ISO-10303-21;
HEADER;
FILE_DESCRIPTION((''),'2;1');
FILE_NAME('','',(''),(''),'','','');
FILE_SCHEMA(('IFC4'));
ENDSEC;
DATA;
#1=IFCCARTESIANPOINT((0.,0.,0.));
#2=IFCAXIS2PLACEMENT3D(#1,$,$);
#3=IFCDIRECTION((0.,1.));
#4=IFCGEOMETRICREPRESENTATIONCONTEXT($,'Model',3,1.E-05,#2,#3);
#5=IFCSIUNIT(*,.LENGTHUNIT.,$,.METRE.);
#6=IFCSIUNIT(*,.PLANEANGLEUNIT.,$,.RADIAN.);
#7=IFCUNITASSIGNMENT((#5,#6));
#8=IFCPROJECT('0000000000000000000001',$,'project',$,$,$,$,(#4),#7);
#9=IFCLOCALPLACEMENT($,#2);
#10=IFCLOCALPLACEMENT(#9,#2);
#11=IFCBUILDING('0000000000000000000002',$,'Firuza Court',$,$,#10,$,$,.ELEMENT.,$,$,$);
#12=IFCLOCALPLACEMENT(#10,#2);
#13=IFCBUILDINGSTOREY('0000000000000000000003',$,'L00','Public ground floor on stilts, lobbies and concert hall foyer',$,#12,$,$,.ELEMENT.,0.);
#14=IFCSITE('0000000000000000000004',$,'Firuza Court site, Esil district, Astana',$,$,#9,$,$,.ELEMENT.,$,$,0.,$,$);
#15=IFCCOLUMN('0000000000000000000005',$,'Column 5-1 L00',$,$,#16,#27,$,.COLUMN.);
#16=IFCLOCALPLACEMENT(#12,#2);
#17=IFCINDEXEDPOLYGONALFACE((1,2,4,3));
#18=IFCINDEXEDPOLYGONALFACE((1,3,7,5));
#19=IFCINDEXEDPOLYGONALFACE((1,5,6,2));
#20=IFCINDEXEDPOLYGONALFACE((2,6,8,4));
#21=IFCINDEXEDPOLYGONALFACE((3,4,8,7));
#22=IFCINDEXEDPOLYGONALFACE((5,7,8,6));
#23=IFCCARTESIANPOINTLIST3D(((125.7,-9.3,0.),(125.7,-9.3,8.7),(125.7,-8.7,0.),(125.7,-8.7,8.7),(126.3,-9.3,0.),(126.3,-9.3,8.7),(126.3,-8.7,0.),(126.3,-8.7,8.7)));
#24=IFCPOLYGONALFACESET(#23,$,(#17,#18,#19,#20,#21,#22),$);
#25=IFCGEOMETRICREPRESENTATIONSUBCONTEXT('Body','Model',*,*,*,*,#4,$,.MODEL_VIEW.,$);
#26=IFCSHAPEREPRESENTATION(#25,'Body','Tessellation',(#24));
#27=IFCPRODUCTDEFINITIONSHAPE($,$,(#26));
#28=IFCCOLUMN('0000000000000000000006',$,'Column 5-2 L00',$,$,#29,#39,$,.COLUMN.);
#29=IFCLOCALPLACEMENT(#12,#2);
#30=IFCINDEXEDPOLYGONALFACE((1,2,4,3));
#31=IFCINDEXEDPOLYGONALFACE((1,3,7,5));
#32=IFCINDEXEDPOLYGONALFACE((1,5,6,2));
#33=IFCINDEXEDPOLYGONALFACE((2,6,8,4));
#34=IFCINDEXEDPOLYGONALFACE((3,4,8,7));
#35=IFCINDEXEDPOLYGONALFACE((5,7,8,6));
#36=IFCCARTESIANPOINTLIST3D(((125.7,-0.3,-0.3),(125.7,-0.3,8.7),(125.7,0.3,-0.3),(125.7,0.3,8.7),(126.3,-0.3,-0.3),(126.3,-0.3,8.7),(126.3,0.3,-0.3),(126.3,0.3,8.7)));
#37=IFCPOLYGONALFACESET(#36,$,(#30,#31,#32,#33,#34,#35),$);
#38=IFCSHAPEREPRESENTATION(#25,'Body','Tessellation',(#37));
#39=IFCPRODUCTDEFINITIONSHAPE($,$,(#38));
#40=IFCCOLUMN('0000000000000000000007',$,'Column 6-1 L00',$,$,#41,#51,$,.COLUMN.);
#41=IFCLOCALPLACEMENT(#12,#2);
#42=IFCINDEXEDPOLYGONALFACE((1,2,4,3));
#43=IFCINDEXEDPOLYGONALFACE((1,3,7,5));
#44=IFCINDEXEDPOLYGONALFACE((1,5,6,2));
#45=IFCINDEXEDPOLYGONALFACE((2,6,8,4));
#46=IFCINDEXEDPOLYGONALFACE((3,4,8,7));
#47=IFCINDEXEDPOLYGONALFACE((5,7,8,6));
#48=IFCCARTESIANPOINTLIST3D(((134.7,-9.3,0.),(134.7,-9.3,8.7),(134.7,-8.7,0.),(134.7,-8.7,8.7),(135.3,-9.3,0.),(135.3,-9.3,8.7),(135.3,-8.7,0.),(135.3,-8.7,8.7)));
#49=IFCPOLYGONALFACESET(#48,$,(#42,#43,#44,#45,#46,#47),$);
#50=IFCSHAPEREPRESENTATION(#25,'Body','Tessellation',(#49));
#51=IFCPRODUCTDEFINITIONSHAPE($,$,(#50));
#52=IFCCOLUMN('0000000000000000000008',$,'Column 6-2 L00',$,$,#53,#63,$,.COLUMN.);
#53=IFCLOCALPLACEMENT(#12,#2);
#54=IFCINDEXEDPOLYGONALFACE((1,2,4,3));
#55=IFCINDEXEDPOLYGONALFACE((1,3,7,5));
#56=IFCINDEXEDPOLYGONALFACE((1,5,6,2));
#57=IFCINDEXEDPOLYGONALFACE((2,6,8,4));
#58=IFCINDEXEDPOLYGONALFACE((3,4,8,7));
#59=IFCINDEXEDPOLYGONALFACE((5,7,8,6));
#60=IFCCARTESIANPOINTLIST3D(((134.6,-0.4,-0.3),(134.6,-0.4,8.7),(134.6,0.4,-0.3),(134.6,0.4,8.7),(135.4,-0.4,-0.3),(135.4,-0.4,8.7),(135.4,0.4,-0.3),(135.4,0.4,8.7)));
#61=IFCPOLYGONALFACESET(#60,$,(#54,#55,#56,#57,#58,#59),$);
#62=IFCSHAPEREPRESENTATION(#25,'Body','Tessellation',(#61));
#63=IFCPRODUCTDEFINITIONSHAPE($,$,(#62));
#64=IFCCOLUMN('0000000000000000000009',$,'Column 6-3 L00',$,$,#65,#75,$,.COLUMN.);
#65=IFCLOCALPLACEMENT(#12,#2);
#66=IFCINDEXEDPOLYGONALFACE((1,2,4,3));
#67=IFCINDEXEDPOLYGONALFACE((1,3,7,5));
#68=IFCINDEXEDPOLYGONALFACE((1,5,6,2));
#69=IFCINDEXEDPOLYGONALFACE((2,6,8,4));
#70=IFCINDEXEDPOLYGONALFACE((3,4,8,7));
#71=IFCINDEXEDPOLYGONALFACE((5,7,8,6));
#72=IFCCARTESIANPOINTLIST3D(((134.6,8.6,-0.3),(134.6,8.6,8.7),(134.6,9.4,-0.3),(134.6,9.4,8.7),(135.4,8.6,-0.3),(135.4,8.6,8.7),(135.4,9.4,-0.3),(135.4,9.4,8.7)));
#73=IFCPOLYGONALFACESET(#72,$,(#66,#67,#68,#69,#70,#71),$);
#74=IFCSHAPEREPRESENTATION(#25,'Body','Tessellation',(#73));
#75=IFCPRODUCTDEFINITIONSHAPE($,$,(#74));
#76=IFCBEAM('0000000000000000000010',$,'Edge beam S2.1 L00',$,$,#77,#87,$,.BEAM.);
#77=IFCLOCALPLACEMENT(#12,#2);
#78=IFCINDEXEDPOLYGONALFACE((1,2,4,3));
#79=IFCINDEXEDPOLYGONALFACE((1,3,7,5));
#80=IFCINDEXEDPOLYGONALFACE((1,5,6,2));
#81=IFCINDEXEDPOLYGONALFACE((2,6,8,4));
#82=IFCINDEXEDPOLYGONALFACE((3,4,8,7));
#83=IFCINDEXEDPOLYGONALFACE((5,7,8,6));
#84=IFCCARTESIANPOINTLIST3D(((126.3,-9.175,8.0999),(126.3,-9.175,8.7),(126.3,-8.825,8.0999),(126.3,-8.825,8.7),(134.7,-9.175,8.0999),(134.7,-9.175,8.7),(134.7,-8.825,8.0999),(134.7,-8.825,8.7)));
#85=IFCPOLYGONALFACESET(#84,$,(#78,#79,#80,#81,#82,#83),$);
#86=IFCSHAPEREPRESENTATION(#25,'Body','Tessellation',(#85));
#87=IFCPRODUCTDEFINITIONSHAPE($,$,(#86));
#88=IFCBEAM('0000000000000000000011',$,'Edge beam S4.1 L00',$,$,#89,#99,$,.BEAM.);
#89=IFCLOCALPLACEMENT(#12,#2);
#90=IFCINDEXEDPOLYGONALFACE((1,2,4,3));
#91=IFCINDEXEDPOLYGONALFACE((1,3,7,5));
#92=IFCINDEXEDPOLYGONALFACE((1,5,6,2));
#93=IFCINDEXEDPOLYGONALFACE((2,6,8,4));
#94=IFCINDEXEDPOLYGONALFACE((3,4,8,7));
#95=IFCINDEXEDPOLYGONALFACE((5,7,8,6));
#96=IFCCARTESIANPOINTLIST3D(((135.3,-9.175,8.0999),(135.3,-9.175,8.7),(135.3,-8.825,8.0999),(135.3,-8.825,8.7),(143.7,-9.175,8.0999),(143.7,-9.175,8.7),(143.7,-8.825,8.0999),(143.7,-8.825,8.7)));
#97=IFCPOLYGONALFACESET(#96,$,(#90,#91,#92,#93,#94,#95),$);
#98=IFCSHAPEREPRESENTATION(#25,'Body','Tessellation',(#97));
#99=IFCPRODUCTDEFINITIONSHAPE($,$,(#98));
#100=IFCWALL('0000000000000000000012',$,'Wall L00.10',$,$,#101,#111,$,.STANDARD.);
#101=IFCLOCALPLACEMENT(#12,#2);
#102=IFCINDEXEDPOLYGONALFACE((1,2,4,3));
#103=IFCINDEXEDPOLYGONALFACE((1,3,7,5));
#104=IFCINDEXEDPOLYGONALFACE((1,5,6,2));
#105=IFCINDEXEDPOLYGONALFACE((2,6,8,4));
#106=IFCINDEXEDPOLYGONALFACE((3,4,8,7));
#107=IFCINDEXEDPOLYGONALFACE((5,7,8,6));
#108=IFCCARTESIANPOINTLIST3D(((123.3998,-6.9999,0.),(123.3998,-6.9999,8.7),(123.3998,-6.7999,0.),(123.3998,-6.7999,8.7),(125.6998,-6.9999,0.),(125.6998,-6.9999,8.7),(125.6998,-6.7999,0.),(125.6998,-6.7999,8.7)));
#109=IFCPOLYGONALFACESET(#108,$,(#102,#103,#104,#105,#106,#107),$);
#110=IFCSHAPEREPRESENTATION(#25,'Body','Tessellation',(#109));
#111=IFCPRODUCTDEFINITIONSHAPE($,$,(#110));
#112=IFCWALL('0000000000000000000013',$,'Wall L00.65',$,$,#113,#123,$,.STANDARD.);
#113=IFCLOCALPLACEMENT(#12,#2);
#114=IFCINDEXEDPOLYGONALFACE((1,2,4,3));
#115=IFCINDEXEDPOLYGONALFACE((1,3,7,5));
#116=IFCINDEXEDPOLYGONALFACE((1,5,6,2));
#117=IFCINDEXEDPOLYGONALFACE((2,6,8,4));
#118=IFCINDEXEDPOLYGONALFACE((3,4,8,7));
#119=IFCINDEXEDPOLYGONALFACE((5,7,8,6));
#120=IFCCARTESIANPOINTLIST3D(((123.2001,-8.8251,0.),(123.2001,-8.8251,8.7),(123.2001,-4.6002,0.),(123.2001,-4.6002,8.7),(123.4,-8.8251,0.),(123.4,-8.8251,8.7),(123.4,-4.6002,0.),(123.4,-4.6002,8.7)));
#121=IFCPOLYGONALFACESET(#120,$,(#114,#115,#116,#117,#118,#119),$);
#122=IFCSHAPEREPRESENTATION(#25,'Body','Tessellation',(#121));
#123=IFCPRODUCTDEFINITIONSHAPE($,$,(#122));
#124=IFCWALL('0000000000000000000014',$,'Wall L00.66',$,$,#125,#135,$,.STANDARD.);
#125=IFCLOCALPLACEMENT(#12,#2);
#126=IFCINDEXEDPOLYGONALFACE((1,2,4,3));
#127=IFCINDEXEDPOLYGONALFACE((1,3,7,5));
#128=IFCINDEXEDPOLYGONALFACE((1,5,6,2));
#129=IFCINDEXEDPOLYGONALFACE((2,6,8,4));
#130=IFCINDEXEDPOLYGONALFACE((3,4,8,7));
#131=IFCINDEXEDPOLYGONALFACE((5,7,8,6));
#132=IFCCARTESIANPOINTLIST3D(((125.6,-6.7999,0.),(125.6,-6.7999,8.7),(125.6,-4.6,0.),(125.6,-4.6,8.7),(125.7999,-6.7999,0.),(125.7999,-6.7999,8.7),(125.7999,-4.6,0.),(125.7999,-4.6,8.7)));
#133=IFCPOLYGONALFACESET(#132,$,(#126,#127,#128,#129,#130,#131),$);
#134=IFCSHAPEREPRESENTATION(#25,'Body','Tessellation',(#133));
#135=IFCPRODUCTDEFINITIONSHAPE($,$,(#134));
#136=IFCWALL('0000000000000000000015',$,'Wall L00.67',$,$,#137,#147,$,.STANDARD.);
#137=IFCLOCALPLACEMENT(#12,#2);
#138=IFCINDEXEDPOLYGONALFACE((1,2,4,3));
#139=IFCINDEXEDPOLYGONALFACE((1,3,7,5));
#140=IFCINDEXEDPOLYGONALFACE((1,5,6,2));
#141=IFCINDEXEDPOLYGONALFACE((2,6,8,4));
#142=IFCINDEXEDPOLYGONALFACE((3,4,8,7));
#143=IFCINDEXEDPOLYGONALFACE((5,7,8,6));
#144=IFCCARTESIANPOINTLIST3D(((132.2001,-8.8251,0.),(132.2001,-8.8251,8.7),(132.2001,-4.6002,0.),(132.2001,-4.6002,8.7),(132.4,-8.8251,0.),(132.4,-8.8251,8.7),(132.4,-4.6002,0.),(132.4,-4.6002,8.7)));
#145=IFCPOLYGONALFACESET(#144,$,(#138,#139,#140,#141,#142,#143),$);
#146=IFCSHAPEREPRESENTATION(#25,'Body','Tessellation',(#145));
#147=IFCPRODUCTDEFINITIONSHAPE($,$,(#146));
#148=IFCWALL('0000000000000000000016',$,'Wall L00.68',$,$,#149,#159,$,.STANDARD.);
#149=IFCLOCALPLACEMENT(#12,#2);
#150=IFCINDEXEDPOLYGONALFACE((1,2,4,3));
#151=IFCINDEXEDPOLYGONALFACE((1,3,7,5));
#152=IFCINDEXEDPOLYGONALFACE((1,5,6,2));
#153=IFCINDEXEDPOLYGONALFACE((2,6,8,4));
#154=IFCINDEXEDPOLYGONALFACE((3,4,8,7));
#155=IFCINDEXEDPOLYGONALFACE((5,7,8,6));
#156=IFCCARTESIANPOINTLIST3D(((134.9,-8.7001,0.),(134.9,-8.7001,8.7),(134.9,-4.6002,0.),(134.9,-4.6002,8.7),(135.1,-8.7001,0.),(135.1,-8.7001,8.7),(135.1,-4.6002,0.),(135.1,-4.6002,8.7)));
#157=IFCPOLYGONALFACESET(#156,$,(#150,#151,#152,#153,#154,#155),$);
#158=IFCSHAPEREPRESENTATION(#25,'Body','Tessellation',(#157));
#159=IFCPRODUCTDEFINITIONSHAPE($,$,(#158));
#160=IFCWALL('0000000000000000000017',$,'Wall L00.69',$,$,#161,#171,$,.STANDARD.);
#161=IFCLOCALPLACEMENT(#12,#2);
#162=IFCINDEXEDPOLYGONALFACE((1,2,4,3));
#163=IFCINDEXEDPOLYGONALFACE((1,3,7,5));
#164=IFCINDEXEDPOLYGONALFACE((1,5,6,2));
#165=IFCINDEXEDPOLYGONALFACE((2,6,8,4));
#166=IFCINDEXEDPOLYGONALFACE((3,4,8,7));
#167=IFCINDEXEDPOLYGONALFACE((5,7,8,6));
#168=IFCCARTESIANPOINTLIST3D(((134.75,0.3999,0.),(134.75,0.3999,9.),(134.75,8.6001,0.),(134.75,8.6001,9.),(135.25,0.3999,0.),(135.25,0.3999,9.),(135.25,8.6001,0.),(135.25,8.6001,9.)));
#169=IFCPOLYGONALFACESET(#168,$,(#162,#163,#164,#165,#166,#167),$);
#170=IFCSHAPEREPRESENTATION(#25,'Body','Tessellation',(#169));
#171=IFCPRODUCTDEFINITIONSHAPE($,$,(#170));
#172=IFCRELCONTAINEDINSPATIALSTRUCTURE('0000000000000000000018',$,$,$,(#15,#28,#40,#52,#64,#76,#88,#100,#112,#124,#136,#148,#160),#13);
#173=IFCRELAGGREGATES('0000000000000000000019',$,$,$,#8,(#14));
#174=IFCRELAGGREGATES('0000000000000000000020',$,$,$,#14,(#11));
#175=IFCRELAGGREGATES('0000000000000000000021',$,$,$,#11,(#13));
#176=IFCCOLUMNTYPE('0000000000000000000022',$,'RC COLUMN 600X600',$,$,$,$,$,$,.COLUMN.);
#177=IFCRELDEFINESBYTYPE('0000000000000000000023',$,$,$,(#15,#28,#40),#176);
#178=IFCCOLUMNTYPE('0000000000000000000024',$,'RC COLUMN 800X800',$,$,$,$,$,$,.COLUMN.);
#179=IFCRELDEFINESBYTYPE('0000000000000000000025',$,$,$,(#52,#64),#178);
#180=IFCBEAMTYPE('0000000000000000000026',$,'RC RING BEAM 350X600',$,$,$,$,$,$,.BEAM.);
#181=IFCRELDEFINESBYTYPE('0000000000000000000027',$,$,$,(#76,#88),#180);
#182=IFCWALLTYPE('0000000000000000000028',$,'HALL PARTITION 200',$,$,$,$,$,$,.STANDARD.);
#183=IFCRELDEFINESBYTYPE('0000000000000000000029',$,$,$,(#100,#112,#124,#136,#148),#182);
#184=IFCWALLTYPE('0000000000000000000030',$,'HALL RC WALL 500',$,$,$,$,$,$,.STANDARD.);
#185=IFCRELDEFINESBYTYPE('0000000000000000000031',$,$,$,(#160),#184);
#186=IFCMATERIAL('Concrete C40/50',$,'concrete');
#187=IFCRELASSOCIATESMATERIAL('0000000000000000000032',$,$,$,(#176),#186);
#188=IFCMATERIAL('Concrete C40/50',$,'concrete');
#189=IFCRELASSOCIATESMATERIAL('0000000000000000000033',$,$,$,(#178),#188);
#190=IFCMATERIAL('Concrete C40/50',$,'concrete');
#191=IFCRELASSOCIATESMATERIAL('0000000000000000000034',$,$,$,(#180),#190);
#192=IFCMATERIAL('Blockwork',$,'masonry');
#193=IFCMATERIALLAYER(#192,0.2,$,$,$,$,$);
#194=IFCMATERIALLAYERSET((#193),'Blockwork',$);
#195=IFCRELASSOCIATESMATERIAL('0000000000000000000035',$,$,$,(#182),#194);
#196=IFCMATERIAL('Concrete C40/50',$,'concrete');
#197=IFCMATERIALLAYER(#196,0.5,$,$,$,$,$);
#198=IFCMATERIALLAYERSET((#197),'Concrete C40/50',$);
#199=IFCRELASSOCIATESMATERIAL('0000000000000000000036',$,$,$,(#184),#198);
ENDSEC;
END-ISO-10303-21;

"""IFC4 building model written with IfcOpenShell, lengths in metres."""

from ifc_helpers import new_model, si_unit, direction, frame, frame_2d, origin, origin_2d, place, context, subcontext, project, spatial, rectangle, extrude, material, layer, layer_set, material_profile, profile_set, type_object, element, save


model = new_model("IFC4")

# Units and contexts
model_context = context("Model", 3, precision=1e-05, world=origin(), true_north=direction((0.0, 1.0)))
body_context = subcontext(model_context, "Body", "Model", "MODEL_VIEW")
ifc_project = project(units=[si_unit("LENGTHUNIT", "METRE"), si_unit("PLANEANGLEUNIT", "RADIAN")], contexts=[model_context])

# Site, building, storey
site_placement = place(None, origin())
site = spatial("IfcSite", under=ifc_project, at=site_placement, Name="Firuza Court site, Esil district, Astana", CompositionType="ELEMENT", RefElevation=0.0)
building_placement = place(site_placement, origin())
building = spatial("IfcBuilding", under=site, at=building_placement, Name="Firuza Court", CompositionType="ELEMENT")
storey_placement = place(building_placement, origin())
storey = spatial("IfcBuildingStorey", under=building, at=storey_placement, Name="L00", Description="Public ground floor on stilts, lobbies and concert hall foyer", CompositionType="ELEMENT", Elevation=0.0)

# Columns
ifc_material_1 = material(Name="Concrete C40/50", Category="concrete")
ifc_material_profile_1 = material_profile(ifc_material_1, rectangle(XDim=0.6001, YDim=0.6001, at=origin_2d()), Name="RC 600X600")
ifc_profile_set_1 = profile_set([ifc_material_profile_1], Name="Concrete C40/50")
column_type_1 = type_object("IfcColumnType", Name="RC COLUMN 600X600", PredefinedType="COLUMN", material=ifc_profile_set_1)
column_1_placement = place(storey_placement, frame((126.0, -9.0, 0.0), z_axis=(0.0, 0.0, 1.0), x_axis=(1.0, 0.0, 0.0)))
element("IfcColumn", 1, at=column_1_placement, inside=storey, type_object=column_type_1, Name="Column 5-1 L00", PredefinedType="COLUMN", context=body_context, shape_type="SweptSolid", body=[
    extrude(rectangle(XDim=0.6001, YDim=0.6001, at=origin_2d()), origin(), (0.0, 0.0, 1.0), 8.7),
])
column_2_placement = place(storey_placement, frame((126.0, 0.0, -0.3), z_axis=(0.0, 0.0, 1.0), x_axis=(1.0, 0.0, 0.0)))
element("IfcColumn", 2, at=column_2_placement, inside=storey, type_object=column_type_1, Name="Column 5-2 L00", PredefinedType="COLUMN", context=body_context, shape_type="SweptSolid", body=[
    extrude(rectangle(XDim=0.6001, YDim=0.6001, at=origin_2d()), origin(), (0.0, 0.0, 1.0), 9.0),
])
column_3_placement = place(storey_placement, frame((135.0, -9.0, 0.0), z_axis=(0.0, 0.0, 1.0), x_axis=(1.0, 0.0, 0.0)))
element("IfcColumn", 3, at=column_3_placement, inside=storey, type_object=column_type_1, Name="Column 6-1 L00", PredefinedType="COLUMN", context=body_context, shape_type="SweptSolid", body=[
    extrude(rectangle(XDim=0.6001, YDim=0.6001, at=origin_2d()), origin(), (0.0, 0.0, 1.0), 8.7),
])
ifc_material_2 = material(Name="Concrete C40/50", Category="concrete")
ifc_material_profile_2 = material_profile(ifc_material_2, rectangle(XDim=0.8, YDim=0.8, at=origin_2d()), Name="RC 800X800")
ifc_profile_set_2 = profile_set([ifc_material_profile_2], Name="Concrete C40/50")
column_type_2 = type_object("IfcColumnType", Name="RC COLUMN 800X800", PredefinedType="COLUMN", material=ifc_profile_set_2)
for number, where, z_axis, x_axis, name in (
    (4, (135.0, 0.0, -0.3), (0.0, 0.0, 1.0), (1.0, 0.0, 0.0), "Column 6-2 L00"),
    (5, (135.0, 9.0, -0.3), (0.0, 0.0, 1.0), (1.0, 0.0, 0.0), "Column 6-3 L00"),
):
    element("IfcColumn", number, at=place(storey_placement, frame(where, z_axis=z_axis, x_axis=x_axis)), inside=storey, type_object=column_type_2, Name=name, PredefinedType="COLUMN", context=body_context, shape_type="SweptSolid", body=[
        extrude(rectangle(XDim=0.8, YDim=0.8, at=origin_2d()), origin(), (0.0, 0.0, 1.0), 9.0),
    ])

# Beams
ifc_material_3 = material(Name="Concrete C40/50", Category="concrete")
ifc_material_profile_3 = material_profile(ifc_material_3, rectangle(XDim=0.3501, YDim=0.6001, at=origin_2d()), Name="RC 350X600")
ifc_profile_set_3 = profile_set([ifc_material_profile_3], Name="Concrete C40/50")
beam_type = type_object("IfcBeamType", Name="RC RING BEAM 350X600", PredefinedType="BEAM", material=ifc_profile_set_3)
for number, where, z_axis, x_axis, name in (
    (6, (126.3, -9.0, 8.3999), (1.0, 0.0, 0.0), (0.0, 1.0, 0.0), "Edge beam S2.1 L00"),
    (7, (135.3, -9.0, 8.3999), (1.0, 0.0, 0.0), (0.0, 1.0, 0.0), "Edge beam S4.1 L00"),
):
    element("IfcBeam", number, at=place(storey_placement, frame(where, z_axis=z_axis, x_axis=x_axis)), inside=storey, type_object=beam_type, Name=name, PredefinedType="BEAM", context=body_context, shape_type="SweptSolid", body=[
        extrude(rectangle(XDim=0.3501, YDim=0.6001, at=origin_2d()), origin(), (0.0, 0.0, 1.0), 8.3999),
    ])

# Walls
ifc_material_4 = material(Name="Blockwork", Category="masonry")
ifc_layer_1 = layer(ifc_material_4, 0.2)
ifc_layer_set_1 = layer_set([ifc_layer_1], Name="Blockwork")
wall_type_1 = type_object("IfcWallType", Name="HALL PARTITION 200", PredefinedType="STANDARD", material=ifc_layer_set_1)
wall_1_placement = place(storey_placement, frame((123.3999, -6.8999, 0.0), z_axis=(0.0, 0.0, 1.0), x_axis=(1.0, 0.0, 0.0)))
element("IfcWall", 8, at=wall_1_placement, inside=storey, type_object=wall_type_1, Name="Wall L00.10", PredefinedType="STANDARD", context=body_context, shape_type="SweptSolid", body=[
    extrude(rectangle(XDim=2.3, YDim=0.2, at=frame_2d((1.1499, 0.0))), origin(), (0.0, 0.0, 1.0), 8.7),
])
wall_2_placement = place(storey_placement, frame((123.3, -8.825, 0.0), z_axis=(0.0, 0.0, 1.0), x_axis=(0.0, 1.0, 0.0)))
element("IfcWall", 9, at=wall_2_placement, inside=storey, type_object=wall_type_1, Name="Wall L00.65", PredefinedType="STANDARD", context=body_context, shape_type="SweptSolid", body=[
    extrude(rectangle(XDim=4.2249, YDim=0.2, at=frame_2d((2.1123, 0.0))), origin(), (0.0, 0.0, 1.0), 8.7),
])
wall_3_placement = place(storey_placement, frame((125.7, -6.8, 0.0), z_axis=(0.0, 0.0, 1.0), x_axis=(0.0, 1.0, 0.0)))
element("IfcWall", 10, at=wall_3_placement, inside=storey, type_object=wall_type_1, Name="Wall L00.66", PredefinedType="STANDARD", context=body_context, shape_type="SweptSolid", body=[
    extrude(rectangle(XDim=2.2, YDim=0.2, at=frame_2d((1.1001, 0.0))), origin(), (0.0, 0.0, 1.0), 8.7),
])
wall_4_placement = place(storey_placement, frame((132.3, -8.825, 0.0), z_axis=(0.0, 0.0, 1.0), x_axis=(0.0, 1.0, 0.0)))
element("IfcWall", 11, at=wall_4_placement, inside=storey, type_object=wall_type_1, Name="Wall L00.67", PredefinedType="STANDARD", context=body_context, shape_type="SweptSolid", body=[
    extrude(rectangle(XDim=4.2249, YDim=0.2, at=frame_2d((2.1123, 0.0))), origin(), (0.0, 0.0, 1.0), 8.7),
])
wall_5_placement = place(storey_placement, frame((135.0, -8.7, 0.0), z_axis=(0.0, 0.0, 1.0), x_axis=(0.0, 1.0, 0.0)))
element("IfcWall", 12, at=wall_5_placement, inside=storey, type_object=wall_type_1, Name="Wall L00.68", PredefinedType="STANDARD", context=body_context, shape_type="SweptSolid", body=[
    extrude(rectangle(XDim=4.0999, YDim=0.2, at=frame_2d((2.0498, 0.0))), origin(), (0.0, 0.0, 1.0), 8.7),
])

# Shared definitions
ifc_material_5 = material(Name="Concrete C40/50", Category="concrete")
ifc_layer_2 = layer(ifc_material_5, 0.5)
ifc_layer_set_2 = layer_set([ifc_layer_2], Name="Concrete C40/50")
wall_type_2 = type_object("IfcWallType", Name="HALL RC WALL 500", PredefinedType="STANDARD", material=ifc_layer_set_2)

# Wall
wall_6_placement = place(storey_placement, frame((135.0, 0.3999, 0.0), z_axis=(0.0, 0.0, 1.0), x_axis=(0.0, 1.0, 0.0)))
element("IfcWall", 13, at=wall_6_placement, inside=storey, type_object=wall_type_2, Name="Wall L00.69", PredefinedType="STANDARD", context=body_context, shape_type="SweptSolid", body=[
    extrude(rectangle(XDim=8.2002, YDim=0.5, at=frame_2d((4.1001, 0.0))), origin(), (0.0, 0.0, 1.0), 9.0),
])

save(model, "model.ifc")
